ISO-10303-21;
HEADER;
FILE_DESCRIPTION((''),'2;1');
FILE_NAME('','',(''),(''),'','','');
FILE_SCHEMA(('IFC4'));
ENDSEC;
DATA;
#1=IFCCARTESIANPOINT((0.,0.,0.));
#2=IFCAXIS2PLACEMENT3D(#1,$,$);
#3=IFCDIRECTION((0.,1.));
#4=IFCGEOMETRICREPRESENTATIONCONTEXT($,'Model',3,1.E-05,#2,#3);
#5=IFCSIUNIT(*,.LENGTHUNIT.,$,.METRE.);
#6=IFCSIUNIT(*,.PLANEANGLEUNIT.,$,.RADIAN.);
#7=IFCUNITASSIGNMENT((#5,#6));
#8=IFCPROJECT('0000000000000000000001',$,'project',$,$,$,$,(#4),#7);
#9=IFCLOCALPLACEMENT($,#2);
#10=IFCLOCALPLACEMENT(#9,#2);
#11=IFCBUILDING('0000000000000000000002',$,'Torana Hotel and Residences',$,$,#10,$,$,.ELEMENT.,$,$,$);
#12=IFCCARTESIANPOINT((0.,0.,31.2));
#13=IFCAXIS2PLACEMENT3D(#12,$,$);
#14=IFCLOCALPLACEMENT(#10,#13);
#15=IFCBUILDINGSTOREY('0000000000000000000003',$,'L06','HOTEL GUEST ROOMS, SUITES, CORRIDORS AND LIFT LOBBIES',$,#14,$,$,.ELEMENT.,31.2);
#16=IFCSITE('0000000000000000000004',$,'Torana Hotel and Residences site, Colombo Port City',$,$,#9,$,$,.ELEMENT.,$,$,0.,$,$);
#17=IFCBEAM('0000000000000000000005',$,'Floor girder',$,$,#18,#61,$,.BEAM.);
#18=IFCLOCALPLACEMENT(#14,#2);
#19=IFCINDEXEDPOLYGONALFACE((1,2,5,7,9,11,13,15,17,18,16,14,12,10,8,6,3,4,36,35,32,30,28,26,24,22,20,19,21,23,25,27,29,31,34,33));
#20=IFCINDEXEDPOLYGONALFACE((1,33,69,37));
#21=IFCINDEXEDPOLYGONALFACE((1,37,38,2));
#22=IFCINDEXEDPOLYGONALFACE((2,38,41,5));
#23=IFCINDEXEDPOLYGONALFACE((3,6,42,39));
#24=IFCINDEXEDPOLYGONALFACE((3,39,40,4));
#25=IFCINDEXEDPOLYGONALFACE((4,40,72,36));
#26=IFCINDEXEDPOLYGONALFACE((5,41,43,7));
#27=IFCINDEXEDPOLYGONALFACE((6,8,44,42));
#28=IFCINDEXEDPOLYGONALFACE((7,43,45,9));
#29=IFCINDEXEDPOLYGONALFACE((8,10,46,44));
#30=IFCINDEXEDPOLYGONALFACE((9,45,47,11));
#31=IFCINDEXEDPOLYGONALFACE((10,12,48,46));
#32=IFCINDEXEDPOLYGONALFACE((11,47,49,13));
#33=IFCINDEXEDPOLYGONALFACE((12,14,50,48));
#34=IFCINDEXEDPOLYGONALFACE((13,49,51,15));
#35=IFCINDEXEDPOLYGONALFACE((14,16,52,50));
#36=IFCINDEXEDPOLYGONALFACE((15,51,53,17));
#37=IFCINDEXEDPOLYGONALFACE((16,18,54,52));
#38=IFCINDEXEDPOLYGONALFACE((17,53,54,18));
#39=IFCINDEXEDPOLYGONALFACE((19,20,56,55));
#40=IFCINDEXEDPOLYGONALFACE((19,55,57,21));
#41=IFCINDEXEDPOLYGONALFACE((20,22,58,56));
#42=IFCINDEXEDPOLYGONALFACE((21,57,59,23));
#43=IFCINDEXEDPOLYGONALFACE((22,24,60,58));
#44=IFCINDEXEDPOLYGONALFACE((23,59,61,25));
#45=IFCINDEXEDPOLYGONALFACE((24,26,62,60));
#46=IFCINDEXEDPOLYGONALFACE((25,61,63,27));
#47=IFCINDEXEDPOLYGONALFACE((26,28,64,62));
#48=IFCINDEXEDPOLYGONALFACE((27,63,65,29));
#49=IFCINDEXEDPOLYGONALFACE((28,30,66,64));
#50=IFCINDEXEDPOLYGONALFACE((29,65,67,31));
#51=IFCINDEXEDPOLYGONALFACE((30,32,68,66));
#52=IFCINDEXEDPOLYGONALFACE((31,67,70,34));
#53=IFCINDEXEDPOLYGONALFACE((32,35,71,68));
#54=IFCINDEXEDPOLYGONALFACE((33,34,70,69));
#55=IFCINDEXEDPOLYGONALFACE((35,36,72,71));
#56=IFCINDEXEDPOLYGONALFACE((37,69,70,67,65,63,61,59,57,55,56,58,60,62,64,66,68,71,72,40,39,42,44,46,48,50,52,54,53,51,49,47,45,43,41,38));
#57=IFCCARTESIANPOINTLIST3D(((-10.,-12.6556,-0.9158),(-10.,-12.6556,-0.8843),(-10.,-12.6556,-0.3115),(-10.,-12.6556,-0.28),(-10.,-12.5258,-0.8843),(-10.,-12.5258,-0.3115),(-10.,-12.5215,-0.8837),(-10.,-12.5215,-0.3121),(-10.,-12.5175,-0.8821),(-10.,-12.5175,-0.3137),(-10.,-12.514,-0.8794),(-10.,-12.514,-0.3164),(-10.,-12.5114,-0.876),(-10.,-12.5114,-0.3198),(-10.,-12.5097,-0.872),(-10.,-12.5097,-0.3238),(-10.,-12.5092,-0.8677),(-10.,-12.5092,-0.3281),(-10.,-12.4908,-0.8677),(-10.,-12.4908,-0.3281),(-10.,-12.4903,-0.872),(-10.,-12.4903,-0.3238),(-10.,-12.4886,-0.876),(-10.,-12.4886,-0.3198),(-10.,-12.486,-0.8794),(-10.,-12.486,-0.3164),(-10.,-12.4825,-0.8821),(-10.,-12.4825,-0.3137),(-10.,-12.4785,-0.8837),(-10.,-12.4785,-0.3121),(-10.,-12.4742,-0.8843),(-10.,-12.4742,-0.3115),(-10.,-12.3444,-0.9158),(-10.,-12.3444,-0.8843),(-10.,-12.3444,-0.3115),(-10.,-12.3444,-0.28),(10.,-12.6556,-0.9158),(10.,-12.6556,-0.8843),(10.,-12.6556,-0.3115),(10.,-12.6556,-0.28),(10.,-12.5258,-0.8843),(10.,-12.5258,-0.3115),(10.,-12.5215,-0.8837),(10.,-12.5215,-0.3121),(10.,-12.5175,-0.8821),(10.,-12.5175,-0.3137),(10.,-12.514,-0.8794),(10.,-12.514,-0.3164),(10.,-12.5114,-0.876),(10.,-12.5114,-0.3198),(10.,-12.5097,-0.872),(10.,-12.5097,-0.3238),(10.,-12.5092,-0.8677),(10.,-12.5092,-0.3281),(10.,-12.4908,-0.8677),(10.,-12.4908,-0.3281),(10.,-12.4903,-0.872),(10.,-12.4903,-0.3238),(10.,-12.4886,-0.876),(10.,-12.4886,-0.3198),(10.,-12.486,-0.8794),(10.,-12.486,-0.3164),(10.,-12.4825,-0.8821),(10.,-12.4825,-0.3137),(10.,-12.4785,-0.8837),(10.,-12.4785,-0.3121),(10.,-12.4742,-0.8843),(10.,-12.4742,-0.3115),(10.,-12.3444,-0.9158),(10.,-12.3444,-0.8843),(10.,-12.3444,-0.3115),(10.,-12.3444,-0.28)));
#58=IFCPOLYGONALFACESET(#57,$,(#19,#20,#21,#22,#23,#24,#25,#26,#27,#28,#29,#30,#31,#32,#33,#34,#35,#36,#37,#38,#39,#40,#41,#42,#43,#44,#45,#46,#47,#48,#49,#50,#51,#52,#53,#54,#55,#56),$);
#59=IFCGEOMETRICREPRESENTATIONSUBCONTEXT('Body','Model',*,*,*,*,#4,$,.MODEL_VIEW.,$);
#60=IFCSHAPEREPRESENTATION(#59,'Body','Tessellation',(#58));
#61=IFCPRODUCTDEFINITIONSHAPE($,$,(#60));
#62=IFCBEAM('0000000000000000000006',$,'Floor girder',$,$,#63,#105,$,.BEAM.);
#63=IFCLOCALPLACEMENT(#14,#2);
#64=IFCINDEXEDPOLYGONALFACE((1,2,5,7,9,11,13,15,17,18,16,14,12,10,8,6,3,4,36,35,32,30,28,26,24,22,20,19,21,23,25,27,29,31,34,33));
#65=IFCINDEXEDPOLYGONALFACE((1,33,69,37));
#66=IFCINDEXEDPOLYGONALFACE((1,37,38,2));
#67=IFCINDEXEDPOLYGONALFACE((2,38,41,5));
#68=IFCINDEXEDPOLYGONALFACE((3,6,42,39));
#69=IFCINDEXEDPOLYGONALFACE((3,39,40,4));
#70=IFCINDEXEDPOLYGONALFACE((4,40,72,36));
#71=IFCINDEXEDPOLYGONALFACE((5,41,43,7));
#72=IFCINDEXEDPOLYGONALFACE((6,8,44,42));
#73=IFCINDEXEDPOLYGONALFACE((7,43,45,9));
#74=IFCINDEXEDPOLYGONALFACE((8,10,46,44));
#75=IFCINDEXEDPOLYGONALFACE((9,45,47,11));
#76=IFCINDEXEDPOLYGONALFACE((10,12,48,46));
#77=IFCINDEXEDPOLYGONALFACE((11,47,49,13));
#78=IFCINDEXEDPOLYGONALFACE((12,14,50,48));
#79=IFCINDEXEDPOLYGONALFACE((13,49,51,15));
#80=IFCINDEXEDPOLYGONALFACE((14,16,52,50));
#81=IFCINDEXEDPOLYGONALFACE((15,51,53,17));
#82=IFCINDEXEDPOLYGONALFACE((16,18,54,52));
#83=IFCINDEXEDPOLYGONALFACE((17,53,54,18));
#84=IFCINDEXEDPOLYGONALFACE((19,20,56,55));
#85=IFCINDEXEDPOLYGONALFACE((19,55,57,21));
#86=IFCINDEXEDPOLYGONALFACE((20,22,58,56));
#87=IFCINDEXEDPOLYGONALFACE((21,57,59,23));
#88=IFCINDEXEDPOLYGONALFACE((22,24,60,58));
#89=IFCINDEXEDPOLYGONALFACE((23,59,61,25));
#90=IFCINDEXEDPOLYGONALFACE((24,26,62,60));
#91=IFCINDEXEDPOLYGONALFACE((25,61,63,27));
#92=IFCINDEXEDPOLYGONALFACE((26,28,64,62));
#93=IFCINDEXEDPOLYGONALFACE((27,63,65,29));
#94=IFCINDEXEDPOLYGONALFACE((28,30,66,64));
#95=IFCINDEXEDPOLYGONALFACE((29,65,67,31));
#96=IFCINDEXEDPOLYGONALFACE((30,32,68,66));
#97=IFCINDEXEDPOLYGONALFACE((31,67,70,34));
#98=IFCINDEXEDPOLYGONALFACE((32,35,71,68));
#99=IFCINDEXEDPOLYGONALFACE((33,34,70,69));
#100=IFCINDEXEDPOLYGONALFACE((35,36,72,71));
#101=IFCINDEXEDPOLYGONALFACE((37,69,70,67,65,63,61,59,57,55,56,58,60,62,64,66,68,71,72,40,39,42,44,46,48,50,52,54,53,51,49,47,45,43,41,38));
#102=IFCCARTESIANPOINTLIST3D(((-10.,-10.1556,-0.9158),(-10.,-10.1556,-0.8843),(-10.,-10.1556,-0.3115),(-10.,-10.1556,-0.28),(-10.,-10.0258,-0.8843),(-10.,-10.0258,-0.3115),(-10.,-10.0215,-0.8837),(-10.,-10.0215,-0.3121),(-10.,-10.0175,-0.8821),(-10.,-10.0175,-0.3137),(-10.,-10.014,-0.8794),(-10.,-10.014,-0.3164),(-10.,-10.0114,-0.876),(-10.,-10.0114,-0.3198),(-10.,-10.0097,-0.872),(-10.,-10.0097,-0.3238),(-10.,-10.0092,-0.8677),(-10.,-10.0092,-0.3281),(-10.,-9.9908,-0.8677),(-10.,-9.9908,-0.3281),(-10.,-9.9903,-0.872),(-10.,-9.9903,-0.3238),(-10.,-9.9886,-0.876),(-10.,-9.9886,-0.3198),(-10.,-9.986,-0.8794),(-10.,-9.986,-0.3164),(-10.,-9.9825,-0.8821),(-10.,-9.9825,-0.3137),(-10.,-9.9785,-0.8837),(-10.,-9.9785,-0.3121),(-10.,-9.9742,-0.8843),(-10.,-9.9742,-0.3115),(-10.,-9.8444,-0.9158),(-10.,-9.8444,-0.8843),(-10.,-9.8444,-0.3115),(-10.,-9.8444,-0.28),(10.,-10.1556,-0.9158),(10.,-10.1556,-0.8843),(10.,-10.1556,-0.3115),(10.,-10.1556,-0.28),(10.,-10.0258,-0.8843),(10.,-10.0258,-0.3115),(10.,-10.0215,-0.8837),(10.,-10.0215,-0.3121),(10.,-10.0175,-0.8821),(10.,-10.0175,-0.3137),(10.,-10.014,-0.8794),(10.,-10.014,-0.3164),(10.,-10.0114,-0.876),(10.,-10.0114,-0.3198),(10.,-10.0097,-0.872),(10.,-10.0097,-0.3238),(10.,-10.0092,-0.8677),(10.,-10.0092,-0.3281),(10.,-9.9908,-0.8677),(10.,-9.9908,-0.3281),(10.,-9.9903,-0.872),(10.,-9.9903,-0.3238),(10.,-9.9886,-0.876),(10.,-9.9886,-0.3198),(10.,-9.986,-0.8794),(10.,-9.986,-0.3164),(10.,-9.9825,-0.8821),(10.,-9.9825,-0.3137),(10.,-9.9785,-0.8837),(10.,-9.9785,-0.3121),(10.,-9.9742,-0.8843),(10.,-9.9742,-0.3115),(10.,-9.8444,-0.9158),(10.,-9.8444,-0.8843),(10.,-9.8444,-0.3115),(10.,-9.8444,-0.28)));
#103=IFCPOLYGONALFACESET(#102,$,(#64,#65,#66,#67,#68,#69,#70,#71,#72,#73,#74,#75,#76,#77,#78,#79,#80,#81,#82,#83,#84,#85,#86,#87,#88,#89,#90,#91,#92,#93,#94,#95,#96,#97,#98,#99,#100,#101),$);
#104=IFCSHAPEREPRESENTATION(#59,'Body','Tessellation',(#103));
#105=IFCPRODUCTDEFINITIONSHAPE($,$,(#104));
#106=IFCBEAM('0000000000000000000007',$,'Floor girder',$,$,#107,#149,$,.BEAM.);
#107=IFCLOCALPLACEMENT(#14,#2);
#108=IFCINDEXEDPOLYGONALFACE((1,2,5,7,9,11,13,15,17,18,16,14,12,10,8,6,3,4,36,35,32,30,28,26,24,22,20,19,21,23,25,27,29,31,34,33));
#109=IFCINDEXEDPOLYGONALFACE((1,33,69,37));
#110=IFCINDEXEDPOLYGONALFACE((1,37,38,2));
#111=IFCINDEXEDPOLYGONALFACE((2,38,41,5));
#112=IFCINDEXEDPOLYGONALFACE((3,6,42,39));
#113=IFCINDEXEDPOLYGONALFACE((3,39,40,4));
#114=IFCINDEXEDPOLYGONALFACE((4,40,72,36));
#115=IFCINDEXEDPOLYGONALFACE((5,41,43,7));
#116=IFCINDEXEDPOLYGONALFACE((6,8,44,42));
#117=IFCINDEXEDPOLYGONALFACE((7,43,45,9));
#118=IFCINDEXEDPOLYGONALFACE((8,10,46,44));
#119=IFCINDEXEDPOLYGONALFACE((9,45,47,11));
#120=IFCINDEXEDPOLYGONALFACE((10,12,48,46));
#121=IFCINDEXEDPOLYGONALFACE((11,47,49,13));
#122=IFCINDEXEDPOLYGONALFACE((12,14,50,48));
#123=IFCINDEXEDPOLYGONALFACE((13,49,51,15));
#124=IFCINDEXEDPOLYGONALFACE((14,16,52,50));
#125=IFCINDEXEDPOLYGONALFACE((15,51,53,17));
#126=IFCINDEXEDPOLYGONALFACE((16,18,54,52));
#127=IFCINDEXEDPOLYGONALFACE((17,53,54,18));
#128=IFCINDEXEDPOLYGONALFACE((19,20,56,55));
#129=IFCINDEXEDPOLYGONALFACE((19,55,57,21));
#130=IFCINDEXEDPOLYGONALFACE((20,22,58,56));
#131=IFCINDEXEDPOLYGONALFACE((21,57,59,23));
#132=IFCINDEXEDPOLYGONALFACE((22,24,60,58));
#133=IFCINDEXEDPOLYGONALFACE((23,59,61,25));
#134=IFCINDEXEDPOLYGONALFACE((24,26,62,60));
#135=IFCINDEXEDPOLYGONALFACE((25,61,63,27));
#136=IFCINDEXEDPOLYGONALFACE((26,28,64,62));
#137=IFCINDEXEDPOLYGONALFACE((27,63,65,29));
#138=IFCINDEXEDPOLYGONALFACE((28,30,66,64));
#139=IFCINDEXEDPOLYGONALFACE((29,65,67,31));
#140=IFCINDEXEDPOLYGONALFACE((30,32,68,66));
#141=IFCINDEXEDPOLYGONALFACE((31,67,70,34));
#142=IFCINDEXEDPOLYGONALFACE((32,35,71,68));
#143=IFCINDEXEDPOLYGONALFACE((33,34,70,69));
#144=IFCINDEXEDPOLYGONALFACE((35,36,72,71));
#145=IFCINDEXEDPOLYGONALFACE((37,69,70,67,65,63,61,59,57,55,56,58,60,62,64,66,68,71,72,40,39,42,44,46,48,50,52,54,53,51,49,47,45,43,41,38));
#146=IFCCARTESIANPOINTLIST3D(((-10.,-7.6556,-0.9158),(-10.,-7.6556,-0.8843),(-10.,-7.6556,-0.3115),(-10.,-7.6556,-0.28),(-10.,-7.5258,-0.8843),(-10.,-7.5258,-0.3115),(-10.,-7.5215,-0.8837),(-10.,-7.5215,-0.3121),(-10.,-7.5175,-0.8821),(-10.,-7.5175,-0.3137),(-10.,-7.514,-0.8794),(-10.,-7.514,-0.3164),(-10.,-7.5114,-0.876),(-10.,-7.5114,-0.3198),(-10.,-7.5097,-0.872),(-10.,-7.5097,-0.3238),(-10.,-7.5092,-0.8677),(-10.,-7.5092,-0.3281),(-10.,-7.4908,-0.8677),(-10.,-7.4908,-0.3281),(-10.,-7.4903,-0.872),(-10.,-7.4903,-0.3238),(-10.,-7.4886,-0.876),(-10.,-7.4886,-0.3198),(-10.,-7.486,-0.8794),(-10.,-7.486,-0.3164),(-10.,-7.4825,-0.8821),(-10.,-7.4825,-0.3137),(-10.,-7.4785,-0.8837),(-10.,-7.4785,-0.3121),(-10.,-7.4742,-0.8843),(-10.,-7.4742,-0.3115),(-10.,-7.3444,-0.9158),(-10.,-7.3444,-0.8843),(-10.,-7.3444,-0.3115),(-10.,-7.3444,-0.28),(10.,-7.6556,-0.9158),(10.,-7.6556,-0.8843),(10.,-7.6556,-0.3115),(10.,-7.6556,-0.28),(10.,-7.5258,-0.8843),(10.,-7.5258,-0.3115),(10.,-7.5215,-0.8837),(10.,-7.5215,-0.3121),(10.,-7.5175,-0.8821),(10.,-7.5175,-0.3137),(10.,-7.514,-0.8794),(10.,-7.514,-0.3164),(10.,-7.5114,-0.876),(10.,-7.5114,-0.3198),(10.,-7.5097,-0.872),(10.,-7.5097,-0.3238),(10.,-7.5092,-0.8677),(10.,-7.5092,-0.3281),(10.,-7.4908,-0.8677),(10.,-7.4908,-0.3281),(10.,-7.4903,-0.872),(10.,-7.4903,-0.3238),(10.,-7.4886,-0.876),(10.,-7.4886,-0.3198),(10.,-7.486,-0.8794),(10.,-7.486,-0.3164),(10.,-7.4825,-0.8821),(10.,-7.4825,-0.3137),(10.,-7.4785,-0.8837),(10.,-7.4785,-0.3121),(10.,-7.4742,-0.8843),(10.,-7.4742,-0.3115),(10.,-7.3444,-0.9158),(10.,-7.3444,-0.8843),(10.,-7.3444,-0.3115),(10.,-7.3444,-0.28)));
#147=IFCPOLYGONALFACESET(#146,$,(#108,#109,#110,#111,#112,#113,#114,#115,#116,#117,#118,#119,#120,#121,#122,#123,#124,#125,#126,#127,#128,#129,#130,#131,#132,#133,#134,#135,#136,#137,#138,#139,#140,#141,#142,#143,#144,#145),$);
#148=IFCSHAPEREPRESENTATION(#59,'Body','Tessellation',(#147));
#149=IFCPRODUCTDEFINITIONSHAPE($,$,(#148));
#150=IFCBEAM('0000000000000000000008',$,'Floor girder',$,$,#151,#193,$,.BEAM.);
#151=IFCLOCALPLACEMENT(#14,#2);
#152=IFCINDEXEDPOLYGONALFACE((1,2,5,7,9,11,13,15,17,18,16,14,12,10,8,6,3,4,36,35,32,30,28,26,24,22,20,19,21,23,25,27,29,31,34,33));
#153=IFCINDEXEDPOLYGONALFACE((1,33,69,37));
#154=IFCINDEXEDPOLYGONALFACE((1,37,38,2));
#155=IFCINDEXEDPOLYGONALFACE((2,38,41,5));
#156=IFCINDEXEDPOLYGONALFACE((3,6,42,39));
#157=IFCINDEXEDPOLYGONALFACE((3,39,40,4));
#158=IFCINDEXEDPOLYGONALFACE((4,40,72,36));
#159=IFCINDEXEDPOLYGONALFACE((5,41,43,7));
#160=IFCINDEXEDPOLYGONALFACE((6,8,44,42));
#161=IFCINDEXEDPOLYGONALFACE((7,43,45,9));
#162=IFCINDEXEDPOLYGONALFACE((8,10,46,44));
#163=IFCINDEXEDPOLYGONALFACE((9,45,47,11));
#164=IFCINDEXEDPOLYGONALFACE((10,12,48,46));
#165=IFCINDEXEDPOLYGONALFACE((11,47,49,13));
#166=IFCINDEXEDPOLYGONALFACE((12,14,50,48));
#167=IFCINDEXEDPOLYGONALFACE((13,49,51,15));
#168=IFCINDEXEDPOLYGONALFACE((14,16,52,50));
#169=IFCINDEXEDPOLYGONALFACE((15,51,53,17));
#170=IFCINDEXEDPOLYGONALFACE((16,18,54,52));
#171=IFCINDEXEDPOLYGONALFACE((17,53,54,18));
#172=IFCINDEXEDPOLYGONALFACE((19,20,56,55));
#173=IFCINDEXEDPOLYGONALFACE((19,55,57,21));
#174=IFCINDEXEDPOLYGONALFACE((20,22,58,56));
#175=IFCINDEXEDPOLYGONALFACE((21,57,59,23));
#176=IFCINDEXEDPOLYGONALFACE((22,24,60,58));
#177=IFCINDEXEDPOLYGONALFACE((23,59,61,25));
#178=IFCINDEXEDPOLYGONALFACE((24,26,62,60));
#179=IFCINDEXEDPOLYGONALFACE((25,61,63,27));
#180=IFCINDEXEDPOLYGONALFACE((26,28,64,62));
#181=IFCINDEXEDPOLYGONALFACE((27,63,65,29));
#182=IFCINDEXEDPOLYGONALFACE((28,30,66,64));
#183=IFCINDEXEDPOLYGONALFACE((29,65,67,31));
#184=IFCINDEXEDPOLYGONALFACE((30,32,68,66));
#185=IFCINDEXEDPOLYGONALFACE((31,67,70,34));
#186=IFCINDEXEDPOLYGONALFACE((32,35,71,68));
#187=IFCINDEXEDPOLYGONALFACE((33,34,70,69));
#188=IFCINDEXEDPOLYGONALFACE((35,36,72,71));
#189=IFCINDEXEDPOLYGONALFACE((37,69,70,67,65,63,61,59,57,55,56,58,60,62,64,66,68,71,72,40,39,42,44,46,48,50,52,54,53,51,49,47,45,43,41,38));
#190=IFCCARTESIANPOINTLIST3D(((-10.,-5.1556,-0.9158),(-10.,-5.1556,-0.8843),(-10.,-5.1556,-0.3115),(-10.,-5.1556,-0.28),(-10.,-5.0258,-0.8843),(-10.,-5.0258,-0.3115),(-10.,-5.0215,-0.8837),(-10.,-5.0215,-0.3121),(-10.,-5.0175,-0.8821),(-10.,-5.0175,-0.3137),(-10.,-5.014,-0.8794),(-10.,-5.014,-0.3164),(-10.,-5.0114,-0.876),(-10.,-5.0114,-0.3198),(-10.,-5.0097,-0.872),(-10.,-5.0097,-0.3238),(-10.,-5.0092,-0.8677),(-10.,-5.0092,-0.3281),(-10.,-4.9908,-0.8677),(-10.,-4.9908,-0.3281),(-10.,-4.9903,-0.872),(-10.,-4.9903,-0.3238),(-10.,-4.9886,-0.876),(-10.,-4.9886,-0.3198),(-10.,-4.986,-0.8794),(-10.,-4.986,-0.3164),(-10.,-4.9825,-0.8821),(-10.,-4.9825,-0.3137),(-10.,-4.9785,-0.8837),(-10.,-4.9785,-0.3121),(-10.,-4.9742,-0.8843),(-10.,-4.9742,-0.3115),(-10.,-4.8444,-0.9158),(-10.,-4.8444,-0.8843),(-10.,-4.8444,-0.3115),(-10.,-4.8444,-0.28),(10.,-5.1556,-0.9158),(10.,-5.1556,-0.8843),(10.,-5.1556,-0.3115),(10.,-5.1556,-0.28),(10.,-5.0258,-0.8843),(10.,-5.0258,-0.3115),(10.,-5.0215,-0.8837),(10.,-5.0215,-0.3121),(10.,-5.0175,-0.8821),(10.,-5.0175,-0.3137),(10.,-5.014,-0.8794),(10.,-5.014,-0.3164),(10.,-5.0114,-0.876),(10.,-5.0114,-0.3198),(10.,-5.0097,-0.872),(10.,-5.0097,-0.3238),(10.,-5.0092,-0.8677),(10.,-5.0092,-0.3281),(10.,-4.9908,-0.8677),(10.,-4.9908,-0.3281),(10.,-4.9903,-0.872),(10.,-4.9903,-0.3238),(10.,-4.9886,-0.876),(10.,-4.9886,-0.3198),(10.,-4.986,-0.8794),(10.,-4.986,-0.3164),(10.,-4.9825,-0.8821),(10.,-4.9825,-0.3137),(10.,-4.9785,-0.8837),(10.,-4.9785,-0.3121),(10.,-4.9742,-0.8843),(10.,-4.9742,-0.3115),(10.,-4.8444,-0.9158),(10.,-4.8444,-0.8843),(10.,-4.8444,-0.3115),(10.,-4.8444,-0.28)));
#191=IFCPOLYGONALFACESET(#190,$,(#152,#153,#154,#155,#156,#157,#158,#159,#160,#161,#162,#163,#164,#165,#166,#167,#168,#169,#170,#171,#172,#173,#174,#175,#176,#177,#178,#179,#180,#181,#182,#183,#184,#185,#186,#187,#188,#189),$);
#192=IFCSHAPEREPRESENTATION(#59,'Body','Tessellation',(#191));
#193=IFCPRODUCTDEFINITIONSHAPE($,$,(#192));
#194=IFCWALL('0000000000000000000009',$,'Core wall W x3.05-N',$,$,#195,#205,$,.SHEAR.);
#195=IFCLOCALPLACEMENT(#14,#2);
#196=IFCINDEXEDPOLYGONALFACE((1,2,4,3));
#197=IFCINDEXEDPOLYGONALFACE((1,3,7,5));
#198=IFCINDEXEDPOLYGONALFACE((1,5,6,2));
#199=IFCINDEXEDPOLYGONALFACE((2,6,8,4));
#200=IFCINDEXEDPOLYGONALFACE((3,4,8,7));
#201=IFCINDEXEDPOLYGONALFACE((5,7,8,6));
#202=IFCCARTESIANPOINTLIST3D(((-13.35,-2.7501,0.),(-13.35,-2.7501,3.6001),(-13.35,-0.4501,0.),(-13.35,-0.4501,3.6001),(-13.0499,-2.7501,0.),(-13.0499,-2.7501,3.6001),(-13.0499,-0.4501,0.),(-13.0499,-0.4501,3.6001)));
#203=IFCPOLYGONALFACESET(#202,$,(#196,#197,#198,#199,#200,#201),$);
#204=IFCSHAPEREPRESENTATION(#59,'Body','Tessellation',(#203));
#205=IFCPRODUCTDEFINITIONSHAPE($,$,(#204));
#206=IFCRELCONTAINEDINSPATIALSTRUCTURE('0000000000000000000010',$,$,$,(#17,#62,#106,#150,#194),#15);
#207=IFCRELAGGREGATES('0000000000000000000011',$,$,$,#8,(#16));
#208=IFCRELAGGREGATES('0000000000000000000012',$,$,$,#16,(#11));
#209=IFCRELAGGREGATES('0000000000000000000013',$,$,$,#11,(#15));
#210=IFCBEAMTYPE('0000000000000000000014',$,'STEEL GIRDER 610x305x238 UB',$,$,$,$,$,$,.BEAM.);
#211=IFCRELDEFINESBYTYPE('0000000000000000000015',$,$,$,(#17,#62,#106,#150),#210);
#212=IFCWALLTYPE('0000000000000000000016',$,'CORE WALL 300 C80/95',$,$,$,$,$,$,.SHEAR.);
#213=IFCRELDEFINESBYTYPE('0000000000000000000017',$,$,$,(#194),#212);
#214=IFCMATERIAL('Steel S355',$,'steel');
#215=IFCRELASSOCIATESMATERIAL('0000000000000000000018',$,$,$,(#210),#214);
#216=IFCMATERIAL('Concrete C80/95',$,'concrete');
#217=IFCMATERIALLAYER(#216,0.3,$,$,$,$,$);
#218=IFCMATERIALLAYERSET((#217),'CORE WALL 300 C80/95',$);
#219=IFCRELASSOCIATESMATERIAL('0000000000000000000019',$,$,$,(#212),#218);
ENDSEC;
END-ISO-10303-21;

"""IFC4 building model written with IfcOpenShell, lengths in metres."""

from ifc_helpers import new_model, si_unit, direction, frame, frame_2d, origin, origin_2d, place, context, subcontext, project, spatial, rectangle, i_section, extrude, material, layer, layer_set, material_profile, profile_set, type_object, element, save


model = new_model("IFC4")

# Units and contexts
model_context = context("Model", 3, precision=1e-05, world=origin(), true_north=direction((0.0, 1.0)))
body_context = subcontext(model_context, "Body", "Model", "MODEL_VIEW")
ifc_project = project(units=[si_unit("LENGTHUNIT", "METRE"), si_unit("PLANEANGLEUNIT", "RADIAN")], contexts=[model_context])

# Site, building, storey
site_placement = place(None, origin())
site = spatial("IfcSite", under=ifc_project, at=site_placement, Name="Torana Hotel and Residences site, Colombo Port City", CompositionType="ELEMENT", RefElevation=0.0)
building_placement = place(site_placement, origin())
building = spatial("IfcBuilding", under=site, at=building_placement, Name="Torana Hotel and Residences", CompositionType="ELEMENT")
storey_placement = place(building_placement, frame((0.0, 0.0, 31.2)))
storey = spatial("IfcBuildingStorey", under=building, at=storey_placement, Name="L06", Description="HOTEL GUEST ROOMS, SUITES, CORRIDORS AND LIFT LOBBIES", CompositionType="ELEMENT", Elevation=31.2)

# Beams
ifc_material_1 = material(Name="Steel S355", Category="steel")
ifc_material_profile = material_profile(ifc_material_1, i_section(OverallWidth=0.3113, OverallDepth=0.6357, WebThickness=0.0183, FlangeThickness=0.0315, FilletRadius=0.0166, at=origin_2d()), Name="610x305x238 UB")
ifc_profile_set = profile_set([ifc_material_profile], Name="Steel S355")
beam_type = type_object("IfcBeamType", Name="STEEL GIRDER 610x305x238 UB", PredefinedType="BEAM", material=ifc_profile_set)
for number, where, z_axis, x_axis, name in (
    (1, (-10.0, -12.5, -0.5979), (1.0, 0.0, 0.0), (0.0, 1.0, 0.0), "Floor girder"),
    (2, (-10.0, -10.0, -0.5979), (1.0, 0.0, 0.0), (0.0, 1.0, 0.0), "Floor girder"),
    (3, (-10.0, -7.5, -0.5979), (1.0, 0.0, 0.0), (0.0, 1.0, 0.0), "Floor girder"),
    (4, (-10.0, -5.0, -0.5979), (1.0, 0.0, 0.0), (0.0, 1.0, 0.0), "Floor girder"),
):
    element("IfcBeam", number, at=place(storey_placement, frame(where, z_axis=z_axis, x_axis=x_axis)), inside=storey, type_object=beam_type, Name=name, PredefinedType="BEAM", context=body_context, shape_type="SweptSolid", body=[
        extrude(i_section(OverallWidth=0.3113, OverallDepth=0.6357, WebThickness=0.0183, FlangeThickness=0.0315, FilletRadius=0.0166, at=origin_2d()), origin(), (0.0, 0.0, 1.0), 20.0),
    ])

# Wall
ifc_material_2 = material(Name="Concrete C80/95", Category="concrete")
ifc_layer_1 = layer(ifc_material_2, 0.3)
ifc_layer_set_1 = layer_set([ifc_layer_1], Name="CORE WALL 300 C80/95")
wall_type_1 = type_object("IfcWallType", Name="CORE WALL 300 C80/95", PredefinedType="SHEAR", material=ifc_layer_set_1)
for number, where, z_axis, x_axis, name in (
    (5, (-13.2, -2.75, 0.0), (0.0, 0.0, 1.0), (0.0, 1.0, 0.0), "Core wall W x3.05-N"),
):
    element("IfcWall", number, at=place(storey_placement, frame(where, z_axis=z_axis, x_axis=x_axis)), inside=storey, type_object=wall_type_1, Name=name, PredefinedType="SHEAR", context=body_context, shape_type="SweptSolid", body=[
        extrude(rectangle(XDim=2.3, YDim=0.3, at=frame_2d((1.1499, 0.0))), origin(), (0.0, 0.0, 1.0), 3.6001),
    ])

save(model, "model.ifc")
